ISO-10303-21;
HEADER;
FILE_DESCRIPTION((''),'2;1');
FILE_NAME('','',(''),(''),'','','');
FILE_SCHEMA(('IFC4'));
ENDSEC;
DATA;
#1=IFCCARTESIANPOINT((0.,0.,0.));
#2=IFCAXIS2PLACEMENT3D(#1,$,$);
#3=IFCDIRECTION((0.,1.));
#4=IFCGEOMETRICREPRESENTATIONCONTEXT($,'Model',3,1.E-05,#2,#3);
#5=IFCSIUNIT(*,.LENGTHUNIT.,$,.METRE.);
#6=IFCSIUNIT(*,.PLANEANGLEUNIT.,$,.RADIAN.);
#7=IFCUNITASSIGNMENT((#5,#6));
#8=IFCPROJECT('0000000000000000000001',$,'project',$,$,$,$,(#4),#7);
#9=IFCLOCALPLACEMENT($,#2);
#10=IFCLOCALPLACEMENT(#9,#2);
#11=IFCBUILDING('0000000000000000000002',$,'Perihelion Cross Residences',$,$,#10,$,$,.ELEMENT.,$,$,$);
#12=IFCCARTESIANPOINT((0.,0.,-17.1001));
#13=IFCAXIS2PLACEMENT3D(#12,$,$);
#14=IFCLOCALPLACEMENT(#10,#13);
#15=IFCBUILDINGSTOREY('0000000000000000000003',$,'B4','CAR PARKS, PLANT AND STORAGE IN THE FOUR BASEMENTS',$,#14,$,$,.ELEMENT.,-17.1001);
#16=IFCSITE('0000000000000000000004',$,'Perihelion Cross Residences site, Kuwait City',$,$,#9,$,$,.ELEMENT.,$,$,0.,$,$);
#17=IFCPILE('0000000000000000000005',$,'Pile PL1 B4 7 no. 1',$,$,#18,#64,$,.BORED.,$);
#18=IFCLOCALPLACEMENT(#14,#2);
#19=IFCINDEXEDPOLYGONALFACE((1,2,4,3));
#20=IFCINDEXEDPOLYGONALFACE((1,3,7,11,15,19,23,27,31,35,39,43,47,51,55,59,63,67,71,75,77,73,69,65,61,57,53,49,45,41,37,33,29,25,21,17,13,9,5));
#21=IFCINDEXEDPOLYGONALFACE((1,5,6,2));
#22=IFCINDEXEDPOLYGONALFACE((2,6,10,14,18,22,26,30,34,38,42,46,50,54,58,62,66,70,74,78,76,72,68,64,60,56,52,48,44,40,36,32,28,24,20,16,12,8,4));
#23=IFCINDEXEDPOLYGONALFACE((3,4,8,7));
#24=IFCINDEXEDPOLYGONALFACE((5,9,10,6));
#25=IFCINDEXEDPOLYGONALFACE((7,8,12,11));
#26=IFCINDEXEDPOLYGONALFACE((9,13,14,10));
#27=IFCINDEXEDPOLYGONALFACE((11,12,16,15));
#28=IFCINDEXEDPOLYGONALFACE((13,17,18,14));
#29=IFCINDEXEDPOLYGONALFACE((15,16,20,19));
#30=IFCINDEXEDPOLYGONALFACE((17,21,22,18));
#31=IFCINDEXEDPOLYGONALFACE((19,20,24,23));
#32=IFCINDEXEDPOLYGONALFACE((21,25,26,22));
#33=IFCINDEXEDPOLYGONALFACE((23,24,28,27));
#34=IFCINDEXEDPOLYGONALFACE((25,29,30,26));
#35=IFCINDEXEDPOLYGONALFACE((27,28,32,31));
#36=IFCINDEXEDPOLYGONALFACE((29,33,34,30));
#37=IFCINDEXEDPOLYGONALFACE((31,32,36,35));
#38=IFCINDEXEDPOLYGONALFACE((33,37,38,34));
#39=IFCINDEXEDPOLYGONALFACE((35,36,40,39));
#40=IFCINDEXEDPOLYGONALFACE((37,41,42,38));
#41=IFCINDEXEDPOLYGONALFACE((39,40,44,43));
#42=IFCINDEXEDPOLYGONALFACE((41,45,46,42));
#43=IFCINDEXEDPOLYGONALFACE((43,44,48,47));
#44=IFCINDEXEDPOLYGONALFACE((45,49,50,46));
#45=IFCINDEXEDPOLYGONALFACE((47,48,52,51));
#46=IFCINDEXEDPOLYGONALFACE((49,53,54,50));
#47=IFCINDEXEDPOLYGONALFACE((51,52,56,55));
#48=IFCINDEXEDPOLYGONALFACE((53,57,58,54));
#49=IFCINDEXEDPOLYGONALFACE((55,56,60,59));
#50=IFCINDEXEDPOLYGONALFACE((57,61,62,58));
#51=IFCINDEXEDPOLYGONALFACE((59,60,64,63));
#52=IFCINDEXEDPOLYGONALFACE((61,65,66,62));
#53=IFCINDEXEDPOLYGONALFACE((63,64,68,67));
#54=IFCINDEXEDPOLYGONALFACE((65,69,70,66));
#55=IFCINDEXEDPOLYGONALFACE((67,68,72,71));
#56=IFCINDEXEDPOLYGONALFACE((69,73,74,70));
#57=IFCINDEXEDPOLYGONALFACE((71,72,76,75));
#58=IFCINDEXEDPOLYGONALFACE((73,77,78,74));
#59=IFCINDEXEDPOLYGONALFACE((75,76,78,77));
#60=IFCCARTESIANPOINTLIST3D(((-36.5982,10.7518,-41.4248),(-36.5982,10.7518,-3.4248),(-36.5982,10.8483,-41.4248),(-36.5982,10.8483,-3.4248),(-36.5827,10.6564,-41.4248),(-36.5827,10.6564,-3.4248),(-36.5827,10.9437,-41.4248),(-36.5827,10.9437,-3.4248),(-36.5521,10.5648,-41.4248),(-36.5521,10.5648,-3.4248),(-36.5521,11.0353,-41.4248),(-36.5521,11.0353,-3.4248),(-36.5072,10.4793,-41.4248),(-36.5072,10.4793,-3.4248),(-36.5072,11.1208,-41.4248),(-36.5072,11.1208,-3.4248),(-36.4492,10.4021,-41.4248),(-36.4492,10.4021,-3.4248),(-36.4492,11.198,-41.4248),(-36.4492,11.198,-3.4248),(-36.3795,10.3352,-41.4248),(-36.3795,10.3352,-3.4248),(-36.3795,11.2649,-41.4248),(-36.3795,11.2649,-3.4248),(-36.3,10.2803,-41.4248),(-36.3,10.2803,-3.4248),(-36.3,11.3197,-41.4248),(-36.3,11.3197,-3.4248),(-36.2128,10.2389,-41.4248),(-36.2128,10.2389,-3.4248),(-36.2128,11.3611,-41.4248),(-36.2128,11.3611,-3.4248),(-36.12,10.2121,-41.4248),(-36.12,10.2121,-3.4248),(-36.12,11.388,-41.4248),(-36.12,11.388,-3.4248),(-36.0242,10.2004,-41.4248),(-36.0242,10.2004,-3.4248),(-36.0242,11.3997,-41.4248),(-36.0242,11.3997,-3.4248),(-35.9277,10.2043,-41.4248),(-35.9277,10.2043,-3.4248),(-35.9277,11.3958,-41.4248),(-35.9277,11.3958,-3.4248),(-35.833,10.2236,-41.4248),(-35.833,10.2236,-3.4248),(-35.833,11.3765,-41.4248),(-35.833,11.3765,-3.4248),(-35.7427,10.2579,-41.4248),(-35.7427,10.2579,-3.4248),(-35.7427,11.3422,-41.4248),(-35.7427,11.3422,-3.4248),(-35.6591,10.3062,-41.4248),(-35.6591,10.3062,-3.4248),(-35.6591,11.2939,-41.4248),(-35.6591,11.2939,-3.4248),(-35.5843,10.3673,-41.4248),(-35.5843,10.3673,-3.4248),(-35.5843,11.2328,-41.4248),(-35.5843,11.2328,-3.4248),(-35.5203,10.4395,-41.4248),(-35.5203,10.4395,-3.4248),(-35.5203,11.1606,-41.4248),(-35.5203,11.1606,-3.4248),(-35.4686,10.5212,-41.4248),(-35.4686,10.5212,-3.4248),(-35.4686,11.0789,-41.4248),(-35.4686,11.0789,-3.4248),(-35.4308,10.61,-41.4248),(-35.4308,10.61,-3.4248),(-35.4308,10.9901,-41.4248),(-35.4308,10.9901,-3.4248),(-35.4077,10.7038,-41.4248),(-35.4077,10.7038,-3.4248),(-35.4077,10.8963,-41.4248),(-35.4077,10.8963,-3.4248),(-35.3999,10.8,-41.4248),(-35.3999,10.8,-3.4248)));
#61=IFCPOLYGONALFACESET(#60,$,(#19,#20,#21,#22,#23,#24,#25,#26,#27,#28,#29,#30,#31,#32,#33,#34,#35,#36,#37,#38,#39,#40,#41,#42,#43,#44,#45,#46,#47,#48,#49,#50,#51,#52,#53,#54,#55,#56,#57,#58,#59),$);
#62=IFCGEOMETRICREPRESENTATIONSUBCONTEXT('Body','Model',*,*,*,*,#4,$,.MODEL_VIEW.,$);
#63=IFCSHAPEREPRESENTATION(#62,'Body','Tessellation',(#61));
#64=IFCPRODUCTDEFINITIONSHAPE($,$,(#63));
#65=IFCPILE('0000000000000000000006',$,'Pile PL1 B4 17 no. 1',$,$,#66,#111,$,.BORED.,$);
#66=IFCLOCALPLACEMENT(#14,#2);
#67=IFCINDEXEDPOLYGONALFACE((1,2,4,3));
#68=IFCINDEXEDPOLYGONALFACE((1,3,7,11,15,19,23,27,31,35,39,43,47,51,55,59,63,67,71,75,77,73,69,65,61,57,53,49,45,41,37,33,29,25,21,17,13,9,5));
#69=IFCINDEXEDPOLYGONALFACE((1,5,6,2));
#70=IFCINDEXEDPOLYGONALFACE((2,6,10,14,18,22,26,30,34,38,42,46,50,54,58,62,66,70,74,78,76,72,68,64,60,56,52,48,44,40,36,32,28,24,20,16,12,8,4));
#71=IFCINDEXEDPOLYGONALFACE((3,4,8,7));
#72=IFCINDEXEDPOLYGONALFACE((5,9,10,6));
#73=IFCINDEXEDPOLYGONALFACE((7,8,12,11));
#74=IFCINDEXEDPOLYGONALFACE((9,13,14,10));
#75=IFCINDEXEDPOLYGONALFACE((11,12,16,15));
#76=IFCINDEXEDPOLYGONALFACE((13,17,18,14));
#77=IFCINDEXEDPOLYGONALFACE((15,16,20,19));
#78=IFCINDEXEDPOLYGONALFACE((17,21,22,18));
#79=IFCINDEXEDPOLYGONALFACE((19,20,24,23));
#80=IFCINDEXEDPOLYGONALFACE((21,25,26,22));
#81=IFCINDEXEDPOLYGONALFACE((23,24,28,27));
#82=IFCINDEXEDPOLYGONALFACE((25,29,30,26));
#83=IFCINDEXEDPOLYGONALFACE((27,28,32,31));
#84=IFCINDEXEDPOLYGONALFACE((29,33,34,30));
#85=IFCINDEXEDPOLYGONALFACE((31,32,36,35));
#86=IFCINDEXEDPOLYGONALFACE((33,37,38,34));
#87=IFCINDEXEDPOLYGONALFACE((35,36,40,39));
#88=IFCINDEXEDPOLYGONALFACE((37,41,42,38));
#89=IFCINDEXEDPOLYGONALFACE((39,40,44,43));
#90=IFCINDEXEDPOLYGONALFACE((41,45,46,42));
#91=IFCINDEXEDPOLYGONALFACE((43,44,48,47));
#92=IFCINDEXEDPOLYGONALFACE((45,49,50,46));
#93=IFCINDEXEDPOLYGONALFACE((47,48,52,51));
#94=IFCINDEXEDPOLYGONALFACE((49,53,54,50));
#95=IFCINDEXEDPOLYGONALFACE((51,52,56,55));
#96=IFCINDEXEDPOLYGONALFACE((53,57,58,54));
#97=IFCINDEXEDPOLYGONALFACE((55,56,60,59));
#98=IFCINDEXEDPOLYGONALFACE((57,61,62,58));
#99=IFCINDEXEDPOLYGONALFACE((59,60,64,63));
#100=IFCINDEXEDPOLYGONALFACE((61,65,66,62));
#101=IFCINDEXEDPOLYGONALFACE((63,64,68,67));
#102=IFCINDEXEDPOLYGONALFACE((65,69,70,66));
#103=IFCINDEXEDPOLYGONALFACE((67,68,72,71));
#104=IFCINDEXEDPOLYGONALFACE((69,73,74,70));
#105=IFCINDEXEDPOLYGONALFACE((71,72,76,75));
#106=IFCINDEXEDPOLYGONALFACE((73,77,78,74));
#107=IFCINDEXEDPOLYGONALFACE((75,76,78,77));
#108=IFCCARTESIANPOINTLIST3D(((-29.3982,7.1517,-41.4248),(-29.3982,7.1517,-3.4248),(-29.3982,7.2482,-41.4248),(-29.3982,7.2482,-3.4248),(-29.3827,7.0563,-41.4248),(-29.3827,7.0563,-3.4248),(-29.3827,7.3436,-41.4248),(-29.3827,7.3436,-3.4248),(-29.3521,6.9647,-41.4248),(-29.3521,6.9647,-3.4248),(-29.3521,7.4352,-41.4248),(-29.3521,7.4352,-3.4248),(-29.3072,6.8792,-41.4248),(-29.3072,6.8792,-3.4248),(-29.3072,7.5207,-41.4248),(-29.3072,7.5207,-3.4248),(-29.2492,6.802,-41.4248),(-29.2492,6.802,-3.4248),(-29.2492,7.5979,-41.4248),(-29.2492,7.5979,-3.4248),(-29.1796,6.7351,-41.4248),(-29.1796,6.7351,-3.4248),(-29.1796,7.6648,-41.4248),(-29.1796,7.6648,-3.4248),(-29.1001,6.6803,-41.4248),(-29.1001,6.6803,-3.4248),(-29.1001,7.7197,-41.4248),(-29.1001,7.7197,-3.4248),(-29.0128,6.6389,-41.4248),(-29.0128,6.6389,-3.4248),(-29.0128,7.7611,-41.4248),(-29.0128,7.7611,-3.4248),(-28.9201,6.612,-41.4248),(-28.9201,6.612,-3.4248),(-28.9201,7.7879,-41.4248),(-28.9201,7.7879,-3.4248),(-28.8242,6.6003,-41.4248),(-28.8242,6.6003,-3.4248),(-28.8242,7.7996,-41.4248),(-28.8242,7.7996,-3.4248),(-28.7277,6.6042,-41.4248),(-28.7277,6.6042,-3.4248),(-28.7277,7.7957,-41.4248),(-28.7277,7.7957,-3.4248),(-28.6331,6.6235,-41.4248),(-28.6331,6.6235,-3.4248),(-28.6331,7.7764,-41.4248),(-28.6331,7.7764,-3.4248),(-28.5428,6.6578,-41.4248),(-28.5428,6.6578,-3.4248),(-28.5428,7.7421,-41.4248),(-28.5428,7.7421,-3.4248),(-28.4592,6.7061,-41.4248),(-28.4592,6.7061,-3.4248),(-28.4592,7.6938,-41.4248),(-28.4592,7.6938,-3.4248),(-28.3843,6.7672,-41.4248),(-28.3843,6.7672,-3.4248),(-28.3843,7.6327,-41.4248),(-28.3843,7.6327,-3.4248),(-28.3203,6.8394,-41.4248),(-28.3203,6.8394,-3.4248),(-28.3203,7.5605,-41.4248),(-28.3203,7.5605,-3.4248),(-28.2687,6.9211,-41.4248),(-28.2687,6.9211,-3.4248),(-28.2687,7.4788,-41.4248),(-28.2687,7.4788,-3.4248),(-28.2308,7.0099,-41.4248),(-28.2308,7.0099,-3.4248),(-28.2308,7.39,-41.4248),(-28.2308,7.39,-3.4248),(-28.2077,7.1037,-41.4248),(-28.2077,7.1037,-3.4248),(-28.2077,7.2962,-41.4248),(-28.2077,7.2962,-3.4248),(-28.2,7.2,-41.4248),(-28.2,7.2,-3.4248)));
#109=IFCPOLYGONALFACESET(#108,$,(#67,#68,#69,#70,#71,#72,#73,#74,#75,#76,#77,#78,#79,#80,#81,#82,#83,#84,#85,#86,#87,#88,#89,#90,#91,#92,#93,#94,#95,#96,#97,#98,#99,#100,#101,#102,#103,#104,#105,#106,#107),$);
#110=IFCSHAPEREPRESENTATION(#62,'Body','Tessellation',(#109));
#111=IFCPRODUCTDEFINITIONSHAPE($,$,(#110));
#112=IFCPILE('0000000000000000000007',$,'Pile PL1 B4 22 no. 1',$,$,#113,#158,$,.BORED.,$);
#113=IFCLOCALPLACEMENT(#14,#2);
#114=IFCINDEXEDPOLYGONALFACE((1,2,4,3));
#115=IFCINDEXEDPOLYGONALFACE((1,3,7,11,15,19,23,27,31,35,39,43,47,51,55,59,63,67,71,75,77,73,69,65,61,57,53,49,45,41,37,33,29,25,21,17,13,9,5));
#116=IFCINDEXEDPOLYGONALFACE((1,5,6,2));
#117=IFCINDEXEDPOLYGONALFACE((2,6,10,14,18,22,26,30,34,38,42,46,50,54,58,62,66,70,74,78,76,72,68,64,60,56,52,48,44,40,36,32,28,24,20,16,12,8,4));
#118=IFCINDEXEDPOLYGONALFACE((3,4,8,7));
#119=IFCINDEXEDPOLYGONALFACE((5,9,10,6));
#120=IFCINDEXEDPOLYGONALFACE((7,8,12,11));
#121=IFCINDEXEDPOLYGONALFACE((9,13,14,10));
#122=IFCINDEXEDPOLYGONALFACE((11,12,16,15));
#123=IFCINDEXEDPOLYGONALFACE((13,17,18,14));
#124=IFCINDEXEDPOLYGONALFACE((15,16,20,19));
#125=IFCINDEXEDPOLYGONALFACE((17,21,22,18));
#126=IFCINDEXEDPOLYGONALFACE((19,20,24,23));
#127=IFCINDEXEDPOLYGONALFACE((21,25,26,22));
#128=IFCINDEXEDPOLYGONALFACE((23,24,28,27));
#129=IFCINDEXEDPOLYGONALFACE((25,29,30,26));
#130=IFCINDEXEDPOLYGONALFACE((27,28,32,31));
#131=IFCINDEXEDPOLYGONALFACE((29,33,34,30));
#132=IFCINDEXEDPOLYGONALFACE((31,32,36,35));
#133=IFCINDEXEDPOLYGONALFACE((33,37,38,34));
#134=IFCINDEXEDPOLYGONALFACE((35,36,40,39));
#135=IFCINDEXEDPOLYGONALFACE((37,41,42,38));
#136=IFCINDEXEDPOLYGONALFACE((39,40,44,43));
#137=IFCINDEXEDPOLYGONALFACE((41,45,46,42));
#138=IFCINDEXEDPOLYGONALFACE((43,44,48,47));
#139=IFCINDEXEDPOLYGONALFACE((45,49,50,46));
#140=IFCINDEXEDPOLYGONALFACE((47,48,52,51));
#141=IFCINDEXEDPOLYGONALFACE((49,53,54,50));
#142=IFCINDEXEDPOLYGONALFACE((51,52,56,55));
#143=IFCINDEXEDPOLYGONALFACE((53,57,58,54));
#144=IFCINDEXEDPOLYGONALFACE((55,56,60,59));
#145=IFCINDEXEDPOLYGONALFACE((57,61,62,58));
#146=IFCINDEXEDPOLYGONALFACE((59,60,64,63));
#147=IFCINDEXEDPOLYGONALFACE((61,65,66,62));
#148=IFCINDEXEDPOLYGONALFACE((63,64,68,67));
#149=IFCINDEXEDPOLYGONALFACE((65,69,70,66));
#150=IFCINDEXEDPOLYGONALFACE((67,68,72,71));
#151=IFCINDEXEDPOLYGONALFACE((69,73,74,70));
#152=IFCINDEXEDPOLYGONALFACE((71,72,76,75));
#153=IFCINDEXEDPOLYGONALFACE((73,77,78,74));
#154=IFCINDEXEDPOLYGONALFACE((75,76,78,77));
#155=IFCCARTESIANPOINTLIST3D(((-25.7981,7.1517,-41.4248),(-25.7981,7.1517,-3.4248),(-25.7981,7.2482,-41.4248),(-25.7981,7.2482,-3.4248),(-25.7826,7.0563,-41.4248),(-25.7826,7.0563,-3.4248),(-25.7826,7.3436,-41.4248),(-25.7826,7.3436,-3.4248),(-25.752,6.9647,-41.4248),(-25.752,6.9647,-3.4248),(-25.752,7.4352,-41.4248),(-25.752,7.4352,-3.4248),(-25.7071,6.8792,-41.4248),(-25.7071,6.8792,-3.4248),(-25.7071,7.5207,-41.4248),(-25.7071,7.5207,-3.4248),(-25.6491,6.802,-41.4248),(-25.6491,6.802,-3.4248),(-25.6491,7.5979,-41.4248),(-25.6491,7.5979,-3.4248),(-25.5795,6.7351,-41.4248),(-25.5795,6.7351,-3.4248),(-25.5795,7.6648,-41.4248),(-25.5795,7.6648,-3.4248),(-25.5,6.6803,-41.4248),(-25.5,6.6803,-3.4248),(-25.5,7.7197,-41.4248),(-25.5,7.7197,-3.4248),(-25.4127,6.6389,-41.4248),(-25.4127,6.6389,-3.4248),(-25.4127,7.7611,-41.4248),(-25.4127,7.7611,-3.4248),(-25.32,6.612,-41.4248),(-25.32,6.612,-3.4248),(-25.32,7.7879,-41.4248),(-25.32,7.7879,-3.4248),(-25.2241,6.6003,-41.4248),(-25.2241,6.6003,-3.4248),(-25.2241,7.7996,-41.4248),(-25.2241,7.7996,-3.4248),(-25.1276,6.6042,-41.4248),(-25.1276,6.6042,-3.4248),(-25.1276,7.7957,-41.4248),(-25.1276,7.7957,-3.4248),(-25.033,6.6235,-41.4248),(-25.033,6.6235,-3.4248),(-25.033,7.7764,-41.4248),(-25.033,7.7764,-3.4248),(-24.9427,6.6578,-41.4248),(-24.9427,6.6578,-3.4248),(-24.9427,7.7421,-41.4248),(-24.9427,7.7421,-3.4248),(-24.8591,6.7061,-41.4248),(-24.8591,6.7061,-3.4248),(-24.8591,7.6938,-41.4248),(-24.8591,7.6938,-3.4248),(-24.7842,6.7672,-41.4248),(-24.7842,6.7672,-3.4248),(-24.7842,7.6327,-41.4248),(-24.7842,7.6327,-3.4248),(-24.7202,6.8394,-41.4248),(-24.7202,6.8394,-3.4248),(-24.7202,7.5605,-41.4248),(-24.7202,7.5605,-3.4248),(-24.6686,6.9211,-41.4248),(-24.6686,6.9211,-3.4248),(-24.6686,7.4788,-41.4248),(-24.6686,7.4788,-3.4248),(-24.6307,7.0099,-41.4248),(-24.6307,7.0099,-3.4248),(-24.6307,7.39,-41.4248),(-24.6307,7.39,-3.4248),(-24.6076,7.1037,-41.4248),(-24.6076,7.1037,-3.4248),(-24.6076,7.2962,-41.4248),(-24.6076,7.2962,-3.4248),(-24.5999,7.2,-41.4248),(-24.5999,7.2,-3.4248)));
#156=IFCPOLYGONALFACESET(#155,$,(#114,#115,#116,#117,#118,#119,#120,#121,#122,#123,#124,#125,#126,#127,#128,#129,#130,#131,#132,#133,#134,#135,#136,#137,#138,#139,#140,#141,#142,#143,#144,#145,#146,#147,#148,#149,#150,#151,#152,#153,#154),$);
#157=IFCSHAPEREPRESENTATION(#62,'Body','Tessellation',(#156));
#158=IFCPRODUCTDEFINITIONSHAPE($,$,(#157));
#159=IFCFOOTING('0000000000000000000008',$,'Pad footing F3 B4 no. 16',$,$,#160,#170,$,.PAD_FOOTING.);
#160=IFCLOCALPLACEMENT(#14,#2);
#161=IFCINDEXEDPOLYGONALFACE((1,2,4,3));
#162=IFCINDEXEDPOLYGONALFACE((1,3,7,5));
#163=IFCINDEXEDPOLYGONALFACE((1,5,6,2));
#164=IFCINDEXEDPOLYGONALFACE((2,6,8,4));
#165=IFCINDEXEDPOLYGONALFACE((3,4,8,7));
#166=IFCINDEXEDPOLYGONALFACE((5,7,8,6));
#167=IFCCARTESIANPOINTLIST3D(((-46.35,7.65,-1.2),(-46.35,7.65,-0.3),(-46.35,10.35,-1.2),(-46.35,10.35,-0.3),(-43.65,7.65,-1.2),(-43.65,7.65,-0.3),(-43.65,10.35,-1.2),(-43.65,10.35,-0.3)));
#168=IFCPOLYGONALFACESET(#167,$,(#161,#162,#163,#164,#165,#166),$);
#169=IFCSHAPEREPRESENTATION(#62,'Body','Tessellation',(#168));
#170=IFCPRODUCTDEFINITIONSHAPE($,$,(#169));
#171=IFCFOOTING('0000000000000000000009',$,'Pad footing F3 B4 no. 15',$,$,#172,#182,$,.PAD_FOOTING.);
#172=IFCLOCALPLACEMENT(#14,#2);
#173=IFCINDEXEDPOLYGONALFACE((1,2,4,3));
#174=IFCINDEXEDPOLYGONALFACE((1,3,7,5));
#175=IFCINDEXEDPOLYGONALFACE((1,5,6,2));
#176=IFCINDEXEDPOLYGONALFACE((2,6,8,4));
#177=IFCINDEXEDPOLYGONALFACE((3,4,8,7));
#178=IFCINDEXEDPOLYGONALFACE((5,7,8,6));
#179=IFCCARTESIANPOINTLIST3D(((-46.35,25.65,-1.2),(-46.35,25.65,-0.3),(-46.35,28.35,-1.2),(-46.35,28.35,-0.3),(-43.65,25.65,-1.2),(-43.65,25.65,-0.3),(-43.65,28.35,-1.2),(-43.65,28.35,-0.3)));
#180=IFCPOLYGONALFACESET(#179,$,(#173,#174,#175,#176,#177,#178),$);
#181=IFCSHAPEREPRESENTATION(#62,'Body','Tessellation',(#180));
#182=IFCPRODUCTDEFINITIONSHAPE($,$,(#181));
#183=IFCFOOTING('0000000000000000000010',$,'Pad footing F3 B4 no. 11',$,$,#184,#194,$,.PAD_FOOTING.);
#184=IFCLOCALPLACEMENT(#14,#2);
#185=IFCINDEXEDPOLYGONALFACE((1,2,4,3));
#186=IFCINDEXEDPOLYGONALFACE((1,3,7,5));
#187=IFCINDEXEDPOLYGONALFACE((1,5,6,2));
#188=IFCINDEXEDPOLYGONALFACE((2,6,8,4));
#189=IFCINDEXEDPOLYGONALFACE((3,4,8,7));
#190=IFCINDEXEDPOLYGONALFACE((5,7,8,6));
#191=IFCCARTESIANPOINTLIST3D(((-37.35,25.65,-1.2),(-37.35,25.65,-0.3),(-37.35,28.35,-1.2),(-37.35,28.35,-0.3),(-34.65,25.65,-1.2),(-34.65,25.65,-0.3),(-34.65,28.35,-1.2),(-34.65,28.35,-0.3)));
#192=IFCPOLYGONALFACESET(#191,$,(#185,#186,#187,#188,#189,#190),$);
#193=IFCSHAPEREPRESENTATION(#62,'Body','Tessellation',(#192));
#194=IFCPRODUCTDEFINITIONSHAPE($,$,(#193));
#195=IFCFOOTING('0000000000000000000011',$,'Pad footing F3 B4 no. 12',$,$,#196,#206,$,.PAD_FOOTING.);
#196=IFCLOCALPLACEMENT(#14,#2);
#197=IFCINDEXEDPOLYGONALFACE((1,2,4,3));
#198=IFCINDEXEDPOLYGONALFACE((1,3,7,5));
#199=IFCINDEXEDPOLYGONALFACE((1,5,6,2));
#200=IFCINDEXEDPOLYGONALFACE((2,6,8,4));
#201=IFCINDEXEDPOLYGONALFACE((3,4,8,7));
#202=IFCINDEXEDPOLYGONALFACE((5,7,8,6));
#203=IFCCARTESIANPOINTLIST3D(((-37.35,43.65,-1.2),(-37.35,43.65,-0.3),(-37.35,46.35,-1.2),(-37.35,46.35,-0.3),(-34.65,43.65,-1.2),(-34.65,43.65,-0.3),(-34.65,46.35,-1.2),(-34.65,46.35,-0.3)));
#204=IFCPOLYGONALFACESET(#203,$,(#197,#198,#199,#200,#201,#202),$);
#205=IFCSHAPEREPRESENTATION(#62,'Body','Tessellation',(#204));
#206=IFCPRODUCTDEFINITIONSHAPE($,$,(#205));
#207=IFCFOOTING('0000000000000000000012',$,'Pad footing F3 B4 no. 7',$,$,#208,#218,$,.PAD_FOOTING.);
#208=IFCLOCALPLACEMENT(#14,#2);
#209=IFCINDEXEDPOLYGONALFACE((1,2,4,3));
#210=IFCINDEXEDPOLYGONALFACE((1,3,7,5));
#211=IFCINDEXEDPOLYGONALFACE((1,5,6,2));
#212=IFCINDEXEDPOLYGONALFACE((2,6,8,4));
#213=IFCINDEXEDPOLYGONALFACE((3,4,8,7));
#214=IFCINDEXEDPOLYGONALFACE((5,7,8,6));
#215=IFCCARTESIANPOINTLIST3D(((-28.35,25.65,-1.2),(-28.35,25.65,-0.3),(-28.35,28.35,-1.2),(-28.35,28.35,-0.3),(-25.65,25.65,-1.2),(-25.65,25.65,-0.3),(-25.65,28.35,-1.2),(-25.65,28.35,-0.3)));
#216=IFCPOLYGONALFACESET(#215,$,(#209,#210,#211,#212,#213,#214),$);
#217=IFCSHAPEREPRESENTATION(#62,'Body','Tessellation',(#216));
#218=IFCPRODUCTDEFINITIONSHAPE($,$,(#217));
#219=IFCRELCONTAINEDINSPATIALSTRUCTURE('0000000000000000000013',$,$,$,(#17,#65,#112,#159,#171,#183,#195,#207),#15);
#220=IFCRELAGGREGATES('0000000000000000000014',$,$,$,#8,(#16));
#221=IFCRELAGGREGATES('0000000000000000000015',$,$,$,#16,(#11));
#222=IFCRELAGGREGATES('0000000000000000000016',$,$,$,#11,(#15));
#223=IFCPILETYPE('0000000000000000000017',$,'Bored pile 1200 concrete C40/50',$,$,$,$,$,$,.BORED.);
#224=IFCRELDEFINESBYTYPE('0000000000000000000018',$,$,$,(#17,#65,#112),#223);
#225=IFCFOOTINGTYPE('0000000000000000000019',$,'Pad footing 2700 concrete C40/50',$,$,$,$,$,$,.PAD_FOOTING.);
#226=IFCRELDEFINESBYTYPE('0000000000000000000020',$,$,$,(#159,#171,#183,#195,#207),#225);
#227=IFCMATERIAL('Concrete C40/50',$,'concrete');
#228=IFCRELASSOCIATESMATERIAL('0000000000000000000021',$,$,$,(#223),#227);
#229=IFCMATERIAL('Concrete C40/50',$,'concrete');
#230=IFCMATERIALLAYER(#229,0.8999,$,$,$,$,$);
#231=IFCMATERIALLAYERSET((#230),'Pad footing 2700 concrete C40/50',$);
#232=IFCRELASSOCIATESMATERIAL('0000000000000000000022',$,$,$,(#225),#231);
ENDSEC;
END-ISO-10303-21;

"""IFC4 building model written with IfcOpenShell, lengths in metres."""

from ifc_helpers import new_model, si_unit, direction, frame, origin, origin_2d, place, context, subcontext, project, spatial, rectangle, circle, extrude, material, layer, layer_set, type_object, element, save


model = new_model("IFC4")

# Units and contexts
model_context = context("Model", 3, precision=1e-05, world=origin(), true_north=direction((0.0, 1.0)))
body_context = subcontext(model_context, "Body", "Model", "MODEL_VIEW")
ifc_project = project(units=[si_unit("LENGTHUNIT", "METRE"), si_unit("PLANEANGLEUNIT", "RADIAN")], contexts=[model_context])

# Site, building, storey
site_placement = place(None, origin())
site = spatial("IfcSite", under=ifc_project, at=site_placement, Name="Perihelion Cross Residences site, Kuwait City", CompositionType="ELEMENT", RefElevation=0.0)
building_placement = place(site_placement, origin())
building = spatial("IfcBuilding", under=site, at=building_placement, Name="Perihelion Cross Residences", CompositionType="ELEMENT")
storey_placement = place(building_placement, frame((0.0, 0.0, -17.1001)))
storey = spatial("IfcBuildingStorey", under=building, at=storey_placement, Name="B4", Description="CAR PARKS, PLANT AND STORAGE IN THE FOUR BASEMENTS", CompositionType="ELEMENT", Elevation=-17.1001)

# Piles
ifc_material_1 = material(Name="Concrete C40/50", Category="concrete")
pile_type = type_object("IfcPileType", Name="Bored pile 1200 concrete C40/50", PredefinedType="BORED", material=ifc_material_1)
for number, where, z_axis, x_axis, name in (
    (1, (-36.0, 10.8, -3.4248), (0.0, 0.0, -1.0), (1.0, 0.0, 0.0), "Pile PL1 B4 7 no. 1"),
    (2, (-28.8, 7.2, -3.4248), (0.0, 0.0, -1.0), (1.0, 0.0, 0.0), "Pile PL1 B4 17 no. 1"),
    (3, (-25.2, 7.2, -3.4248), (0.0, 0.0, -1.0), (1.0, 0.0, 0.0), "Pile PL1 B4 22 no. 1"),
):
    element("IfcPile", number, at=place(storey_placement, frame(where, z_axis=z_axis, x_axis=x_axis)), inside=storey, type_object=pile_type, Name=name, PredefinedType="BORED", context=body_context, shape_type="SweptSolid", body=[
        extrude(circle(Radius=0.6001, at=origin_2d()), origin(), (0.0, 0.0, 1.0), 38.0),
    ])

# Footings
ifc_material_2 = material(Name="Concrete C40/50", Category="concrete")
ifc_layer_1 = layer(ifc_material_2, 0.8999)
ifc_layer_set_1 = layer_set([ifc_layer_1], Name="Pad footing 2700 concrete C40/50")
footing_type = type_object("IfcFootingType", Name="Pad footing 2700 concrete C40/50", PredefinedType="PAD_FOOTING", material=ifc_layer_set_1)
for number, where, z_axis, x_axis, name in (
    (4, (-45.0, 9.0, -1.2), (0.0, 0.0, 1.0), (1.0, 0.0, 0.0), "Pad footing F3 B4 no. 16"),
    (5, (-45.0, 27.0, -1.2), (0.0, 0.0, 1.0), (1.0, 0.0, 0.0), "Pad footing F3 B4 no. 15"),
    (6, (-36.0, 27.0, -1.2), (0.0, 0.0, 1.0), (1.0, 0.0, 0.0), "Pad footing F3 B4 no. 11"),
    (7, (-36.0, 45.0, -1.2), (0.0, 0.0, 1.0), (1.0, 0.0, 0.0), "Pad footing F3 B4 no. 12"),
    (8, (-27.0, 27.0, -1.2), (0.0, 0.0, 1.0), (1.0, 0.0, 0.0), "Pad footing F3 B4 no. 7"),
):
    element("IfcFooting", number, at=place(storey_placement, frame(where, z_axis=z_axis, x_axis=x_axis)), inside=storey, type_object=footing_type, Name=name, PredefinedType="PAD_FOOTING", context=body_context, shape_type="SweptSolid", body=[
        extrude(rectangle(XDim=2.7, YDim=2.7, at=origin_2d()), origin(), (0.0, 0.0, 1.0), 0.8999),
    ])

save(model, "model.ifc")
